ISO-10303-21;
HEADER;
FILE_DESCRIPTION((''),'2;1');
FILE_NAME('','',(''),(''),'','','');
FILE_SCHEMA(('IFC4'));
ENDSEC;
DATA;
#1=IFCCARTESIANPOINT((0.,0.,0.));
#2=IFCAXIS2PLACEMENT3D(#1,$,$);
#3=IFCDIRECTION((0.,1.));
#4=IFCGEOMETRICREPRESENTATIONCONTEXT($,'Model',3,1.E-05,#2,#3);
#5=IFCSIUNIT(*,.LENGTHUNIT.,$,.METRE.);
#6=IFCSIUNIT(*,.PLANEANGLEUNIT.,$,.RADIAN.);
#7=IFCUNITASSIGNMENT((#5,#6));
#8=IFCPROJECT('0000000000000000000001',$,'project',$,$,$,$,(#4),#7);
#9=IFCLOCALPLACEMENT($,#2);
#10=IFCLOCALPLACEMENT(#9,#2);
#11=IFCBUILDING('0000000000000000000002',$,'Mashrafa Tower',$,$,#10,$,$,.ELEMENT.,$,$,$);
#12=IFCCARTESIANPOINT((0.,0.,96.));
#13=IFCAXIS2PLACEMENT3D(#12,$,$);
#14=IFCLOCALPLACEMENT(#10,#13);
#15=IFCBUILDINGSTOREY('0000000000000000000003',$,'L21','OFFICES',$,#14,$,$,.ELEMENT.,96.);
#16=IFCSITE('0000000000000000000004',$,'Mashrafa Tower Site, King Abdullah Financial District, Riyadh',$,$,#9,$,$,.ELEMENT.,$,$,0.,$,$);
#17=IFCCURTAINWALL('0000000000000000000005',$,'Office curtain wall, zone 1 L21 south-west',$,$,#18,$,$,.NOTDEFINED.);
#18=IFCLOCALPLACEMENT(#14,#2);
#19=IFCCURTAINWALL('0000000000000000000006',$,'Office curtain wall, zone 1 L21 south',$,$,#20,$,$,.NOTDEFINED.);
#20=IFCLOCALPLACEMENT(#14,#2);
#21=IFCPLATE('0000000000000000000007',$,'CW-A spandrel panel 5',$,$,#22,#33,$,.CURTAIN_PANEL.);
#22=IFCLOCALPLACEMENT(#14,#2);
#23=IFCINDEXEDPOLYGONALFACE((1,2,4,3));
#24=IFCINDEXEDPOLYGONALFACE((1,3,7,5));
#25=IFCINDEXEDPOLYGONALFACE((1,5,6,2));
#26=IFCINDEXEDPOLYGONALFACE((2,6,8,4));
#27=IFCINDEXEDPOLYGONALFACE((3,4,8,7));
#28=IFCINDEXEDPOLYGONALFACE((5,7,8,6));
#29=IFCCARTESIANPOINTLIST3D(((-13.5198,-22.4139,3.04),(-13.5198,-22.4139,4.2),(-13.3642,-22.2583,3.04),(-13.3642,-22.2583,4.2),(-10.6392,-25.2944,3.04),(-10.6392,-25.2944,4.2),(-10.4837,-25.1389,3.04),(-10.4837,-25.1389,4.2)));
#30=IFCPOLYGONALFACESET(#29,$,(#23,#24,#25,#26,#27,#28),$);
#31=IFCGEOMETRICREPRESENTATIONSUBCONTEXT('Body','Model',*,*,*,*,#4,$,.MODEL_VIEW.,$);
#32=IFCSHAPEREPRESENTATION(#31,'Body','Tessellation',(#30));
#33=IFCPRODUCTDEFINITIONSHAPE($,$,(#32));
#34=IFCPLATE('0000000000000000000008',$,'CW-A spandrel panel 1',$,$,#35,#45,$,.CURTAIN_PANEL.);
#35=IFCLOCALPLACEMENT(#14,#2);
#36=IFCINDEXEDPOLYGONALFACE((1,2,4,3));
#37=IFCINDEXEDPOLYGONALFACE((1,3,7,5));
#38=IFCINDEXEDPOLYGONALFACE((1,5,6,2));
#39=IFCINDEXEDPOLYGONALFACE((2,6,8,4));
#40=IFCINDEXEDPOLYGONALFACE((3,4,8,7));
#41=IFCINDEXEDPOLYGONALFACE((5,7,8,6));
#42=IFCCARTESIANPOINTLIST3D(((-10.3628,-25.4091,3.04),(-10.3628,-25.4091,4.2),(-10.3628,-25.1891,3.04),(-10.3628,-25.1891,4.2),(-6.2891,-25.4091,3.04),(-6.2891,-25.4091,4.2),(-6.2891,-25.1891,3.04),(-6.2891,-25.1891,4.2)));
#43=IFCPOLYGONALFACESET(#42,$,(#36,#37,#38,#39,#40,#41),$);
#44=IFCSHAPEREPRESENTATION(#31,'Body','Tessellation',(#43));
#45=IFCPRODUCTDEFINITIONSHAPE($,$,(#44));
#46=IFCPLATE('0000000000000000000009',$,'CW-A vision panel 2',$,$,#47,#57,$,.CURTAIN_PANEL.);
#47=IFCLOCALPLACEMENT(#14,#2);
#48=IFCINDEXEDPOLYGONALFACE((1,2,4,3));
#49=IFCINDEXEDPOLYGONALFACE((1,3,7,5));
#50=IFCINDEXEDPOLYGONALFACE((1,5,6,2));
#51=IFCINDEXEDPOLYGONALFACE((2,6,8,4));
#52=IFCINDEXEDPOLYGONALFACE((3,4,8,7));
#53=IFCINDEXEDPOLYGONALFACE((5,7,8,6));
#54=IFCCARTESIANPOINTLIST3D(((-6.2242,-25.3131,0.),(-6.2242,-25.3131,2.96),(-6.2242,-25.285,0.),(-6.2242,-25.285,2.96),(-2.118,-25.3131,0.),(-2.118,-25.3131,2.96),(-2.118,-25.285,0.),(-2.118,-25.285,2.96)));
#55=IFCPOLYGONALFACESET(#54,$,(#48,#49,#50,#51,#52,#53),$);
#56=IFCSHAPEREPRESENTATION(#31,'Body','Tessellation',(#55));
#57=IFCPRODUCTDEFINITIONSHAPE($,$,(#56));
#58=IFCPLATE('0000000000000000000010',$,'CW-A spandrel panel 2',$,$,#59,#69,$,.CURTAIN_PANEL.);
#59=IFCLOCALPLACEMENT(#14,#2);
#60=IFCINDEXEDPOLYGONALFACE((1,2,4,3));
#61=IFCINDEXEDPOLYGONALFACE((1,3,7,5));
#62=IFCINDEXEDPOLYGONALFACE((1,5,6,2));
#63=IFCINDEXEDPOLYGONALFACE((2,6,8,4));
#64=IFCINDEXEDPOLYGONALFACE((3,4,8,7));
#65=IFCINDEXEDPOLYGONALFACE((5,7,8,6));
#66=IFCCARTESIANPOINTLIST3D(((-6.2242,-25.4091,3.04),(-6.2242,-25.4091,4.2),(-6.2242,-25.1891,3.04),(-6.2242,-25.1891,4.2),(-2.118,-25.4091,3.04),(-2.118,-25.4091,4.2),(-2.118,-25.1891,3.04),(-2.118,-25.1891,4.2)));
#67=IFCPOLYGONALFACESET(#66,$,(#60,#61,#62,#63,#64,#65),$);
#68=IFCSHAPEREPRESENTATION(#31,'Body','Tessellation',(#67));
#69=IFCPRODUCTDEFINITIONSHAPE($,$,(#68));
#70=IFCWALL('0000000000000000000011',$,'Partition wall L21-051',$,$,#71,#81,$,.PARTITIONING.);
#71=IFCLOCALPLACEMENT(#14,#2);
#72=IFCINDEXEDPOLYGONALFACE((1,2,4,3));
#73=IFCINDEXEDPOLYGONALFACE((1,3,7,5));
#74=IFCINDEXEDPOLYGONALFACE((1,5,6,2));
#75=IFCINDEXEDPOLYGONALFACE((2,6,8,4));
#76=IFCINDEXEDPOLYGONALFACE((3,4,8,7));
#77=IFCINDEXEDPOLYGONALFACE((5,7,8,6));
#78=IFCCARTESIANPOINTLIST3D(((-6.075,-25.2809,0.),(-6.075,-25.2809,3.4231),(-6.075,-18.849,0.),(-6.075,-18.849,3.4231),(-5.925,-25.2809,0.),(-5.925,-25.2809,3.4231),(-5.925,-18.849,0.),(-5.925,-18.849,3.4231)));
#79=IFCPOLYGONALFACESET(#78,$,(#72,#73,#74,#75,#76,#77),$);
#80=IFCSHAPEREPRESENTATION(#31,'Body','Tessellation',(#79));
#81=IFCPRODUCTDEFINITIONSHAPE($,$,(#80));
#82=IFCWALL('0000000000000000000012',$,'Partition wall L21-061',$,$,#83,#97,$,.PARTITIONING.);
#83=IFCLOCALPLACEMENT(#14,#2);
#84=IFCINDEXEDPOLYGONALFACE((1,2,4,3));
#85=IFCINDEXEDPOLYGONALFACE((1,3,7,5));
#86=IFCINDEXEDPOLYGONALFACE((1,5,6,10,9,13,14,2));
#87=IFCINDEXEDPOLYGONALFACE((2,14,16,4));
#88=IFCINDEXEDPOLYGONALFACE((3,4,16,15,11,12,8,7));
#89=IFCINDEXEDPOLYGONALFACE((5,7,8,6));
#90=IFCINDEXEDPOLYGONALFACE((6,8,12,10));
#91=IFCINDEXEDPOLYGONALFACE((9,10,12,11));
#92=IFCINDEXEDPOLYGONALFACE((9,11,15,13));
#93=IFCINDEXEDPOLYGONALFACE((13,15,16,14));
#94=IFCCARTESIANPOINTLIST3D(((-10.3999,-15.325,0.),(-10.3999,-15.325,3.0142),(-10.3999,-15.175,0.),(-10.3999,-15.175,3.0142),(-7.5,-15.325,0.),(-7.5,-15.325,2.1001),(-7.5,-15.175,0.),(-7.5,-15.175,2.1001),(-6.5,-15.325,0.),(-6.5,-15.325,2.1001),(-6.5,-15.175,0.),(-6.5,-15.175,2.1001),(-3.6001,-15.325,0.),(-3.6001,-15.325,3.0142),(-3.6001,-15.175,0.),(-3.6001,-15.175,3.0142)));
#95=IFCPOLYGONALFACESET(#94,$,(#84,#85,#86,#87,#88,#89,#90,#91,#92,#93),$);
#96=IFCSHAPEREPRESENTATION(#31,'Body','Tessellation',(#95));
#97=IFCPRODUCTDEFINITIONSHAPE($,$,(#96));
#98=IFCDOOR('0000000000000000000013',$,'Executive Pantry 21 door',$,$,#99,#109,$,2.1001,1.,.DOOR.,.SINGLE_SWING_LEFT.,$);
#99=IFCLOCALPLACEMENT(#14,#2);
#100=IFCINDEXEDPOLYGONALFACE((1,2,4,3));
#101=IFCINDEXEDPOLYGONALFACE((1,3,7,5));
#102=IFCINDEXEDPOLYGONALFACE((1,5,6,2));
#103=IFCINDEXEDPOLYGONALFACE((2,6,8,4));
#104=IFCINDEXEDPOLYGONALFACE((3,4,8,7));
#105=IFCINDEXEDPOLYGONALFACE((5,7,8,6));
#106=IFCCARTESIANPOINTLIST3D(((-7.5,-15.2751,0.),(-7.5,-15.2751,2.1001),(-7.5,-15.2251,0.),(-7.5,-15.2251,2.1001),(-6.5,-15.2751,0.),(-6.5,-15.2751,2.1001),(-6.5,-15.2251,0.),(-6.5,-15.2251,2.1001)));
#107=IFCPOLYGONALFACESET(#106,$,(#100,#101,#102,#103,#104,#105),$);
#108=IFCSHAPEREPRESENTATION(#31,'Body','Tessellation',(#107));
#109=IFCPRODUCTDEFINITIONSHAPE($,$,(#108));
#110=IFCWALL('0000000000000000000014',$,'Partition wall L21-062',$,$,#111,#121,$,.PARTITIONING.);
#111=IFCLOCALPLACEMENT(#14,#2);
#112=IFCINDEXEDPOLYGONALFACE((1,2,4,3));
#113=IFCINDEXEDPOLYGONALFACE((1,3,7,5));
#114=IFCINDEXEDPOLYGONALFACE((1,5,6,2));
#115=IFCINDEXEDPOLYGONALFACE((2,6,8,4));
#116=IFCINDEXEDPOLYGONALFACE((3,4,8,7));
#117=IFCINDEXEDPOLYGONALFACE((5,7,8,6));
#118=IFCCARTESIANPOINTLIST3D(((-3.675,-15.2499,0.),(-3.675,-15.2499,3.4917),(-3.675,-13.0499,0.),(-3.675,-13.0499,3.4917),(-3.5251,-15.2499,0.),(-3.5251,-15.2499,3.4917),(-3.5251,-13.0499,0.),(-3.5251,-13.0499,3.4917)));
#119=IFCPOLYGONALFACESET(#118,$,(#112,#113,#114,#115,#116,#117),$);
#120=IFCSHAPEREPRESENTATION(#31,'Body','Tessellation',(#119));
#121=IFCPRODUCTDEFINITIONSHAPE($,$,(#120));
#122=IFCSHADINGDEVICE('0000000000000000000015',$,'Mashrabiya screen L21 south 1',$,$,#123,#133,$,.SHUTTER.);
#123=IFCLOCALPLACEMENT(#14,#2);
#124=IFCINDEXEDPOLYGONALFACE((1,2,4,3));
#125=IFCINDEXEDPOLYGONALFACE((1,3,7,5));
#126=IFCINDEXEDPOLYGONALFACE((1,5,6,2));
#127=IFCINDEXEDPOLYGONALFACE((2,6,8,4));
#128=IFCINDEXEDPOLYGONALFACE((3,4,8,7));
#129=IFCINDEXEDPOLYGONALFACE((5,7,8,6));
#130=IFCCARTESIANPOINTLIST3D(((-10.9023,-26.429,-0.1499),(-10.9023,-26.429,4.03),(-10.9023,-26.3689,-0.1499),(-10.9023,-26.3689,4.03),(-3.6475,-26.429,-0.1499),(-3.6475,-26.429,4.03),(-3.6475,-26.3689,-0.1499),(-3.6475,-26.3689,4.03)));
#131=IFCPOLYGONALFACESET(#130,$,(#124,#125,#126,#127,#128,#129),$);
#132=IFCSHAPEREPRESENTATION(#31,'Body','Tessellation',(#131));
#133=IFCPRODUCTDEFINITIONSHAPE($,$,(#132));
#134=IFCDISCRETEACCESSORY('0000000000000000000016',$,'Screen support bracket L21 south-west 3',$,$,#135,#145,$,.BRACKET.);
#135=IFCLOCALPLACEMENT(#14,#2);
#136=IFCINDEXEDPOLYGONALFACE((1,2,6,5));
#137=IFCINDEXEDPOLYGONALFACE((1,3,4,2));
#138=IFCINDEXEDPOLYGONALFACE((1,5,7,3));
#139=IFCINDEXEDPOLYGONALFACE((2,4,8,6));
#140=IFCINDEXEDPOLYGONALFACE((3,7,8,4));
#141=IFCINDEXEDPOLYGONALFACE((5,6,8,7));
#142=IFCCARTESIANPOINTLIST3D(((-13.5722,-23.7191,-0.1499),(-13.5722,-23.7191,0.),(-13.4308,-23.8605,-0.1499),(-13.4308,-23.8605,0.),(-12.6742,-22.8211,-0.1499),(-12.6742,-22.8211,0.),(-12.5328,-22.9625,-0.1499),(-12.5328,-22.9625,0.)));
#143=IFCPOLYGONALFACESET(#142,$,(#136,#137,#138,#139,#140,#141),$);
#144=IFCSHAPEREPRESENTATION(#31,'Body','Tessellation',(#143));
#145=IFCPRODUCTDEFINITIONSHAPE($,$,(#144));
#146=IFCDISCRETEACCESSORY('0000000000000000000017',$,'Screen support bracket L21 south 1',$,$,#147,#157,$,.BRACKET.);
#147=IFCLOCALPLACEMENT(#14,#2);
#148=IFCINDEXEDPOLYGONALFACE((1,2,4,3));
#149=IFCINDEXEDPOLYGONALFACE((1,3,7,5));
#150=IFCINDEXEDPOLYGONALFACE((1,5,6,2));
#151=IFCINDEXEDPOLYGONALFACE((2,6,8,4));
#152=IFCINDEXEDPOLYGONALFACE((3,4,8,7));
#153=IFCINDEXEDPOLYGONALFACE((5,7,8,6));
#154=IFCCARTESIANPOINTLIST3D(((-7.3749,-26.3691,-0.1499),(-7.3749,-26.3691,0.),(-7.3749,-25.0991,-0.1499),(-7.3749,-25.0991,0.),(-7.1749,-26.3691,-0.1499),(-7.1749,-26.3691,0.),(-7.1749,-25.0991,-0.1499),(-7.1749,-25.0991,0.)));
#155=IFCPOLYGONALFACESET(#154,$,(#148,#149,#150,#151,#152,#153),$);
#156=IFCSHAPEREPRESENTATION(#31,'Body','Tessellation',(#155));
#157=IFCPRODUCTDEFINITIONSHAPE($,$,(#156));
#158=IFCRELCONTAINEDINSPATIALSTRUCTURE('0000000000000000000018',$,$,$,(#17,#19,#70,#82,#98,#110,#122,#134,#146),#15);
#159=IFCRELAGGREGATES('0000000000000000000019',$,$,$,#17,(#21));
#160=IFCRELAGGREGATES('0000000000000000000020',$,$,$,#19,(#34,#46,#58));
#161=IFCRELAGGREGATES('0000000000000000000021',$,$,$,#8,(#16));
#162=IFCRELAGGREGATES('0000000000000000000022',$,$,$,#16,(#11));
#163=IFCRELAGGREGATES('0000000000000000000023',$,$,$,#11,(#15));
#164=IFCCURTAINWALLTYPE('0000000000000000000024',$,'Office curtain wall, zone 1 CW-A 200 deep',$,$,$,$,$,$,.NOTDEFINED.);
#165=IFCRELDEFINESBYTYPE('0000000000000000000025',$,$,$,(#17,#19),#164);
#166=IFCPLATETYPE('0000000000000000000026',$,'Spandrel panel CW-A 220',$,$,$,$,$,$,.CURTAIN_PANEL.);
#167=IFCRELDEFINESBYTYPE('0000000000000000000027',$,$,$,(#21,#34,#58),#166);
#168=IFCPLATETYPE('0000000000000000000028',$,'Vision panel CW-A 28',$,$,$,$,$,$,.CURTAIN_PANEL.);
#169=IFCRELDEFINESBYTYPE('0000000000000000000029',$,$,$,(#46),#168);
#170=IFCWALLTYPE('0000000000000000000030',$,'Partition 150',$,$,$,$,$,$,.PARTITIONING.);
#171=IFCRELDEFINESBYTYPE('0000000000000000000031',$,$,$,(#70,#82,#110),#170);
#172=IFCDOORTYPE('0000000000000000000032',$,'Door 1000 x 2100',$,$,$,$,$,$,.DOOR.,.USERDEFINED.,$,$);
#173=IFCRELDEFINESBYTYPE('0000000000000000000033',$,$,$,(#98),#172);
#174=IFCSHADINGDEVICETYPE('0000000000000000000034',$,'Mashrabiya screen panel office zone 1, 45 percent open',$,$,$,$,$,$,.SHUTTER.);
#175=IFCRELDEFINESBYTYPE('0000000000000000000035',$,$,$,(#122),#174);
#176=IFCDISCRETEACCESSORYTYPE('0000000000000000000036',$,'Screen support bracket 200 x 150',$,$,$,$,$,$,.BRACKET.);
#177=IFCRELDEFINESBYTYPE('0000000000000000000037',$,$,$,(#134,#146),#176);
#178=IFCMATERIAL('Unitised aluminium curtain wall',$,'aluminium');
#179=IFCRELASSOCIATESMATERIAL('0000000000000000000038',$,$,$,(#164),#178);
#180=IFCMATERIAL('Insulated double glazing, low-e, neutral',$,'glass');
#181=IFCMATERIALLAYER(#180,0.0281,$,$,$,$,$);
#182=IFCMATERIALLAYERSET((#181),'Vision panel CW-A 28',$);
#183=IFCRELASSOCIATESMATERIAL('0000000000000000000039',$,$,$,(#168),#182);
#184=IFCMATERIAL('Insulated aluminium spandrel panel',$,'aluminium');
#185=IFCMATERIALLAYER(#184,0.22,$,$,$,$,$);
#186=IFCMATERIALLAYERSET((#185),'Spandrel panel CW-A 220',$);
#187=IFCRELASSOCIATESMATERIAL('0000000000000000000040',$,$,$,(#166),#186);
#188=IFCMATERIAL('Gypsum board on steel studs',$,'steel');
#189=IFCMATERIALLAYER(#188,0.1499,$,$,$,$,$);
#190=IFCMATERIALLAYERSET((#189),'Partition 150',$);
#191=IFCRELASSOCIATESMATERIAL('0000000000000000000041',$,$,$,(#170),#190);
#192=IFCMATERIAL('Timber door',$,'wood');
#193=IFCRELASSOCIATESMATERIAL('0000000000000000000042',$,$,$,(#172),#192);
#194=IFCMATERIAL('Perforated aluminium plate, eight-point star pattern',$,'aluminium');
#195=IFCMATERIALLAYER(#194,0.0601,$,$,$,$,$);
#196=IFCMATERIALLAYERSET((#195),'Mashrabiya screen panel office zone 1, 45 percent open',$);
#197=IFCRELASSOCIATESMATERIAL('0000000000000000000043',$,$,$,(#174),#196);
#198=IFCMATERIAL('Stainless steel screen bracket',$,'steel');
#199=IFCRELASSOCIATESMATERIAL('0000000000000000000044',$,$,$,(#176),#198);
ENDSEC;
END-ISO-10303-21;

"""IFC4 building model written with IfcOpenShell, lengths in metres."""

from ifc_helpers import new_model, si_unit, direction, frame, frame_2d, origin, origin_2d, place, context, subcontext, project, spatial, rectangle, extrude, source, transform, mapped, material, layer, layer_set, type_object, type_shapes, element, fill, aggregate, save


model = new_model("IFC4")

# Units and contexts
model_context = context("Model", 3, precision=1e-05, world=origin(), true_north=direction((0.0, 1.0)))
body_context = subcontext(model_context, "Body", "Model", "MODEL_VIEW")
ifc_project = project(units=[si_unit("LENGTHUNIT", "METRE"), si_unit("PLANEANGLEUNIT", "RADIAN")], contexts=[model_context])

# Site, building, storey
site_placement = place(None, origin())
site = spatial("IfcSite", under=ifc_project, at=site_placement, Name="Mashrafa Tower Site, King Abdullah Financial District, Riyadh", CompositionType="ELEMENT", RefElevation=0.0)
building_placement = place(site_placement, origin())
building = spatial("IfcBuilding", under=site, at=building_placement, Name="Mashrafa Tower", CompositionType="ELEMENT")
storey_placement = place(building_placement, frame((0.0, 0.0, 96.0)))
storey = spatial("IfcBuildingStorey", under=building, at=storey_placement, Name="L21", Description="OFFICES", CompositionType="ELEMENT", Elevation=96.0)

# Curtain wall
ifc_material_1 = material(Name="Unitised aluminium curtain wall", Category="aluminium")
curtain_wall_type = type_object("IfcCurtainWallType", Name="Office curtain wall, zone 1 CW-A 200 deep", PredefinedType="NOTDEFINED", material=ifc_material_1)
curtain_wall_1_placement = place(storey_placement, origin())
curtain_wall_1 = element("IfcCurtainWall", 1, at=curtain_wall_1_placement, inside=storey, type_object=curtain_wall_type, Name="Office curtain wall, zone 1 L21 south-west", PredefinedType="NOTDEFINED")

# Curtain wall
curtain_wall_2_placement = place(storey_placement, origin())
curtain_wall_2 = element("IfcCurtainWall", 2, at=curtain_wall_2_placement, inside=storey, type_object=curtain_wall_type, Name="Office curtain wall, zone 1 L21 south", PredefinedType="NOTDEFINED")

# Plates
ifc_material_2 = material(Name="Insulated double glazing, low-e, neutral", Category="glass")
ifc_layer_1 = layer(ifc_material_2, 0.0281)
ifc_layer_set_1 = layer_set([ifc_layer_1], Name="Vision panel CW-A 28")
plate_type_1 = type_object("IfcPlateType", Name="Vision panel CW-A 28", PredefinedType="CURTAIN_PANEL", material=ifc_layer_set_1)
ifc_material_3 = material(Name="Insulated aluminium spandrel panel", Category="aluminium")
ifc_layer_2 = layer(ifc_material_3, 0.22)
ifc_layer_set_2 = layer_set([ifc_layer_2], Name="Spandrel panel CW-A 220")
plate_type_2 = type_object("IfcPlateType", Name="Spandrel panel CW-A 220", PredefinedType="CURTAIN_PANEL", material=ifc_layer_set_2)
shared_shape_1 = source(origin(), body_context, "Body", "SweptSolid", [
    extrude(rectangle(XDim=4.0737, YDim=0.22, at=origin_2d()), origin(), (0.0, 0.0, 1.0), 1.1599),
])
plate_1_placement = place(storey_placement, frame((-12.0017, -23.7764, 3.04), z_axis=(0.0, 0.0, 1.0), x_axis=(0.707107, -0.707107, 0.0)))
plate_1 = element("IfcPlate", 3, at=plate_1_placement, type_object=plate_type_2, Name="CW-A spandrel panel 5", PredefinedType="CURTAIN_PANEL", context=body_context, shape_type="MappedRepresentation", body=[
    mapped(shared_shape_1, transform((0.0, 0.0, 0.0))),
])
aggregate(curtain_wall_1, [plate_1])
plate_2_placement = place(storey_placement, frame((-8.3259, -25.2991, 3.04), z_axis=(0.0, 0.0, 1.0), x_axis=(1.0, 0.0, 0.0)))
plate_2 = element("IfcPlate", 4, at=plate_2_placement, type_object=plate_type_2, Name="CW-A spandrel panel 1", PredefinedType="CURTAIN_PANEL", context=body_context, shape_type="MappedRepresentation", body=[
    mapped(shared_shape_1, transform((0.0, 0.0, 0.0))),
])
shared_shape_2 = source(origin(), body_context, "Body", "SweptSolid", [
    extrude(rectangle(XDim=4.1062, YDim=0.0281, at=origin_2d()), origin(), (0.0, 0.0, 1.0), 2.96),
])
plate_3_placement = place(storey_placement, frame((-4.1711, -25.2991, 0.0), z_axis=(0.0, 0.0, 1.0), x_axis=(1.0, 0.0, 0.0)))
plate_3 = element("IfcPlate", 5, at=plate_3_placement, type_object=plate_type_1, Name="CW-A vision panel 2", PredefinedType="CURTAIN_PANEL", context=body_context, shape_type="MappedRepresentation", body=[
    mapped(shared_shape_2, transform((0.0, 0.0, 0.0))),
])
shared_shape_3 = source(origin(), body_context, "Body", "SweptSolid", [
    extrude(rectangle(XDim=4.1062, YDim=0.22, at=origin_2d()), origin(), (0.0, 0.0, 1.0), 1.1599),
])
type_shapes(plate_type_2, [shared_shape_1, shared_shape_3])
plate_4_placement = place(storey_placement, frame((-4.1711, -25.2991, 3.04), z_axis=(0.0, 0.0, 1.0), x_axis=(1.0, 0.0, 0.0)))
plate_4 = element("IfcPlate", 6, at=plate_4_placement, type_object=plate_type_2, Name="CW-A spandrel panel 2", PredefinedType="CURTAIN_PANEL", context=body_context, shape_type="MappedRepresentation", body=[
    mapped(shared_shape_3, transform((0.0, 0.0, 0.0))),
])
aggregate(curtain_wall_2, [plate_2, plate_3, plate_4])

# Wall
ifc_material_4 = material(Name="Gypsum board on steel studs", Category="steel")
ifc_layer_3 = layer(ifc_material_4, 0.1499)
ifc_layer_set_3 = layer_set([ifc_layer_3], Name="Partition 150")
wall_type = type_object("IfcWallType", Name="Partition 150", PredefinedType="PARTITIONING", material=ifc_layer_set_3)
wall_1_placement = place(storey_placement, frame((-6.0, -18.8491, 0.0), z_axis=(0.0, 0.0, 1.0), x_axis=(0.0, -1.0, 0.0)))
element("IfcWall", 7, at=wall_1_placement, inside=storey, type_object=wall_type, Name="Partition wall L21-051", PredefinedType="PARTITIONING", context=body_context, shape_type="SweptSolid", body=[
    extrude(rectangle(XDim=6.4319, YDim=0.1499, at=frame_2d((3.2158, 0.0))), origin(), (0.0, 0.0, 1.0), 3.4231),
])

# Wall, opening, door
wall_2_placement = place(storey_placement, frame((-10.3999, -15.25, 0.0), z_axis=(0.0, 0.0, 1.0), x_axis=(1.0, 0.0, 0.0)))
wall_2 = element("IfcWall", 8, at=wall_2_placement, inside=storey, type_object=wall_type, Name="Partition wall L21-061", PredefinedType="PARTITIONING", context=body_context, shape_type="SweptSolid", body=[
    extrude(rectangle(XDim=6.7998, YDim=0.1499, at=frame_2d((3.3999, 0.0))), origin(), (0.0, 0.0, 1.0), 3.0142),
])
opening_placement = place(wall_2_placement, frame((2.8999, 0.0, 0.0)))
opening = element("IfcOpeningElement", 9, at=opening_placement, cuts=wall_2, PredefinedType="OPENING", context=body_context, shape_type="SweptSolid", body=[
    extrude(rectangle(XDim=1.0, YDim=2.1001, at=frame_2d((0.5, 1.05))), frame((0.0, 0.085, 0.0), z_axis=(0.0, -1.0, 0.0), x_axis=(1.0, 0.0, 0.0)), (0.0, 0.0, 1.0), 0.1699),
])
ifc_material_5 = material(Name="Timber door", Category="wood")
door_type = type_object("IfcDoorType", Name="Door 1000 x 2100", OperationType="USERDEFINED", PredefinedType="DOOR", material=ifc_material_5)
door_placement = place(opening_placement, origin())
door = element("IfcDoor", 10, at=door_placement, inside=storey, type_object=door_type, Name="Executive Pantry 21 door", OperationType="SINGLE_SWING_LEFT", OverallHeight=2.1001, OverallWidth=1.0, PredefinedType="DOOR", context=body_context, shape_type="SweptSolid", body=[
    extrude(rectangle(XDim=1.0, YDim=2.1001, at=frame_2d((0.5, 1.05))), frame((0.0, 0.0249, 0.0), z_axis=(0.0, -1.0, 0.0), x_axis=(1.0, 0.0, 0.0)), (0.0, 0.0, 1.0), 0.05),
])
fill(opening, door)

# Wall
wall_3_placement = place(storey_placement, frame((-3.6001, -15.25, 0.0), z_axis=(0.0, 0.0, 1.0), x_axis=(0.0, 1.0, 0.0)))
element("IfcWall", 11, at=wall_3_placement, inside=storey, type_object=wall_type, Name="Partition wall L21-062", PredefinedType="PARTITIONING", context=body_context, shape_type="SweptSolid", body=[
    extrude(rectangle(XDim=2.2, YDim=0.1499, at=frame_2d((1.1001, 0.0))), origin(), (0.0, 0.0, 1.0), 3.4917),
])

# Shading device
ifc_material_6 = material(Name="Perforated aluminium plate, eight-point star pattern", Category="aluminium")
ifc_layer_4 = layer(ifc_material_6, 0.0601)
ifc_layer_set_4 = layer_set([ifc_layer_4], Name="Mashrabiya screen panel office zone 1, 45 percent open")
shading_device_type = type_object("IfcShadingDeviceType", Name="Mashrabiya screen panel office zone 1, 45 percent open", PredefinedType="SHUTTER", material=ifc_layer_set_4)
shared_shape_4 = source(origin(), body_context, "Body", "SweptSolid", [
    extrude(rectangle(XDim=7.2549, YDim=0.0601, at=origin_2d()), origin(), (0.0, 0.0, 1.0), 4.1799),
])
type_shapes(shading_device_type, [shared_shape_4])
shading_device_placement = place(storey_placement, frame((-7.2749, -26.3989, -0.1499), z_axis=(0.0, 0.0, 1.0), x_axis=(1.0, 0.0, 0.0)))
element("IfcShadingDevice", 12, at=shading_device_placement, inside=storey, type_object=shading_device_type, Name="Mashrabiya screen L21 south 1", PredefinedType="SHUTTER", context=body_context, shape_type="MappedRepresentation", body=[
    mapped(shared_shape_4, transform((0.0, 0.0, 0.0))),
])

# Discrete accessories
ifc_material_7 = material(Name="Stainless steel screen bracket", Category="steel")
discrete_accessory_type = type_object("IfcDiscreteAccessoryType", Name="Screen support bracket 200 x 150", PredefinedType="BRACKET", material=ifc_material_7)
shared_shape_5 = source(origin(), body_context, "Body", "SweptSolid", [
    extrude(rectangle(XDim=0.2, YDim=1.27, at=origin_2d()), origin(), (0.0, 0.0, 1.0), 0.1499),
])
type_shapes(discrete_accessory_type, [shared_shape_5])
for number, where, z_axis, x_axis, name in (
    (13, (-13.0525, -23.3408, -0.1499), (0.0, 0.0, 1.0), (0.707107, -0.707107, 0.0), "Screen support bracket L21 south-west 3"),
    (14, (-7.2749, -25.7341, -0.1499), (0.0, 0.0, 1.0), (1.0, 0.0, 0.0), "Screen support bracket L21 south 1"),
):
    element("IfcDiscreteAccessory", number, at=place(storey_placement, frame(where, z_axis=z_axis, x_axis=x_axis)), inside=storey, type_object=discrete_accessory_type, Name=name, PredefinedType="BRACKET", context=body_context, shape_type="MappedRepresentation", body=[
        mapped(shared_shape_5, transform((0.0, 0.0, 0.0))),
    ])

save(model, "model.ifc")
